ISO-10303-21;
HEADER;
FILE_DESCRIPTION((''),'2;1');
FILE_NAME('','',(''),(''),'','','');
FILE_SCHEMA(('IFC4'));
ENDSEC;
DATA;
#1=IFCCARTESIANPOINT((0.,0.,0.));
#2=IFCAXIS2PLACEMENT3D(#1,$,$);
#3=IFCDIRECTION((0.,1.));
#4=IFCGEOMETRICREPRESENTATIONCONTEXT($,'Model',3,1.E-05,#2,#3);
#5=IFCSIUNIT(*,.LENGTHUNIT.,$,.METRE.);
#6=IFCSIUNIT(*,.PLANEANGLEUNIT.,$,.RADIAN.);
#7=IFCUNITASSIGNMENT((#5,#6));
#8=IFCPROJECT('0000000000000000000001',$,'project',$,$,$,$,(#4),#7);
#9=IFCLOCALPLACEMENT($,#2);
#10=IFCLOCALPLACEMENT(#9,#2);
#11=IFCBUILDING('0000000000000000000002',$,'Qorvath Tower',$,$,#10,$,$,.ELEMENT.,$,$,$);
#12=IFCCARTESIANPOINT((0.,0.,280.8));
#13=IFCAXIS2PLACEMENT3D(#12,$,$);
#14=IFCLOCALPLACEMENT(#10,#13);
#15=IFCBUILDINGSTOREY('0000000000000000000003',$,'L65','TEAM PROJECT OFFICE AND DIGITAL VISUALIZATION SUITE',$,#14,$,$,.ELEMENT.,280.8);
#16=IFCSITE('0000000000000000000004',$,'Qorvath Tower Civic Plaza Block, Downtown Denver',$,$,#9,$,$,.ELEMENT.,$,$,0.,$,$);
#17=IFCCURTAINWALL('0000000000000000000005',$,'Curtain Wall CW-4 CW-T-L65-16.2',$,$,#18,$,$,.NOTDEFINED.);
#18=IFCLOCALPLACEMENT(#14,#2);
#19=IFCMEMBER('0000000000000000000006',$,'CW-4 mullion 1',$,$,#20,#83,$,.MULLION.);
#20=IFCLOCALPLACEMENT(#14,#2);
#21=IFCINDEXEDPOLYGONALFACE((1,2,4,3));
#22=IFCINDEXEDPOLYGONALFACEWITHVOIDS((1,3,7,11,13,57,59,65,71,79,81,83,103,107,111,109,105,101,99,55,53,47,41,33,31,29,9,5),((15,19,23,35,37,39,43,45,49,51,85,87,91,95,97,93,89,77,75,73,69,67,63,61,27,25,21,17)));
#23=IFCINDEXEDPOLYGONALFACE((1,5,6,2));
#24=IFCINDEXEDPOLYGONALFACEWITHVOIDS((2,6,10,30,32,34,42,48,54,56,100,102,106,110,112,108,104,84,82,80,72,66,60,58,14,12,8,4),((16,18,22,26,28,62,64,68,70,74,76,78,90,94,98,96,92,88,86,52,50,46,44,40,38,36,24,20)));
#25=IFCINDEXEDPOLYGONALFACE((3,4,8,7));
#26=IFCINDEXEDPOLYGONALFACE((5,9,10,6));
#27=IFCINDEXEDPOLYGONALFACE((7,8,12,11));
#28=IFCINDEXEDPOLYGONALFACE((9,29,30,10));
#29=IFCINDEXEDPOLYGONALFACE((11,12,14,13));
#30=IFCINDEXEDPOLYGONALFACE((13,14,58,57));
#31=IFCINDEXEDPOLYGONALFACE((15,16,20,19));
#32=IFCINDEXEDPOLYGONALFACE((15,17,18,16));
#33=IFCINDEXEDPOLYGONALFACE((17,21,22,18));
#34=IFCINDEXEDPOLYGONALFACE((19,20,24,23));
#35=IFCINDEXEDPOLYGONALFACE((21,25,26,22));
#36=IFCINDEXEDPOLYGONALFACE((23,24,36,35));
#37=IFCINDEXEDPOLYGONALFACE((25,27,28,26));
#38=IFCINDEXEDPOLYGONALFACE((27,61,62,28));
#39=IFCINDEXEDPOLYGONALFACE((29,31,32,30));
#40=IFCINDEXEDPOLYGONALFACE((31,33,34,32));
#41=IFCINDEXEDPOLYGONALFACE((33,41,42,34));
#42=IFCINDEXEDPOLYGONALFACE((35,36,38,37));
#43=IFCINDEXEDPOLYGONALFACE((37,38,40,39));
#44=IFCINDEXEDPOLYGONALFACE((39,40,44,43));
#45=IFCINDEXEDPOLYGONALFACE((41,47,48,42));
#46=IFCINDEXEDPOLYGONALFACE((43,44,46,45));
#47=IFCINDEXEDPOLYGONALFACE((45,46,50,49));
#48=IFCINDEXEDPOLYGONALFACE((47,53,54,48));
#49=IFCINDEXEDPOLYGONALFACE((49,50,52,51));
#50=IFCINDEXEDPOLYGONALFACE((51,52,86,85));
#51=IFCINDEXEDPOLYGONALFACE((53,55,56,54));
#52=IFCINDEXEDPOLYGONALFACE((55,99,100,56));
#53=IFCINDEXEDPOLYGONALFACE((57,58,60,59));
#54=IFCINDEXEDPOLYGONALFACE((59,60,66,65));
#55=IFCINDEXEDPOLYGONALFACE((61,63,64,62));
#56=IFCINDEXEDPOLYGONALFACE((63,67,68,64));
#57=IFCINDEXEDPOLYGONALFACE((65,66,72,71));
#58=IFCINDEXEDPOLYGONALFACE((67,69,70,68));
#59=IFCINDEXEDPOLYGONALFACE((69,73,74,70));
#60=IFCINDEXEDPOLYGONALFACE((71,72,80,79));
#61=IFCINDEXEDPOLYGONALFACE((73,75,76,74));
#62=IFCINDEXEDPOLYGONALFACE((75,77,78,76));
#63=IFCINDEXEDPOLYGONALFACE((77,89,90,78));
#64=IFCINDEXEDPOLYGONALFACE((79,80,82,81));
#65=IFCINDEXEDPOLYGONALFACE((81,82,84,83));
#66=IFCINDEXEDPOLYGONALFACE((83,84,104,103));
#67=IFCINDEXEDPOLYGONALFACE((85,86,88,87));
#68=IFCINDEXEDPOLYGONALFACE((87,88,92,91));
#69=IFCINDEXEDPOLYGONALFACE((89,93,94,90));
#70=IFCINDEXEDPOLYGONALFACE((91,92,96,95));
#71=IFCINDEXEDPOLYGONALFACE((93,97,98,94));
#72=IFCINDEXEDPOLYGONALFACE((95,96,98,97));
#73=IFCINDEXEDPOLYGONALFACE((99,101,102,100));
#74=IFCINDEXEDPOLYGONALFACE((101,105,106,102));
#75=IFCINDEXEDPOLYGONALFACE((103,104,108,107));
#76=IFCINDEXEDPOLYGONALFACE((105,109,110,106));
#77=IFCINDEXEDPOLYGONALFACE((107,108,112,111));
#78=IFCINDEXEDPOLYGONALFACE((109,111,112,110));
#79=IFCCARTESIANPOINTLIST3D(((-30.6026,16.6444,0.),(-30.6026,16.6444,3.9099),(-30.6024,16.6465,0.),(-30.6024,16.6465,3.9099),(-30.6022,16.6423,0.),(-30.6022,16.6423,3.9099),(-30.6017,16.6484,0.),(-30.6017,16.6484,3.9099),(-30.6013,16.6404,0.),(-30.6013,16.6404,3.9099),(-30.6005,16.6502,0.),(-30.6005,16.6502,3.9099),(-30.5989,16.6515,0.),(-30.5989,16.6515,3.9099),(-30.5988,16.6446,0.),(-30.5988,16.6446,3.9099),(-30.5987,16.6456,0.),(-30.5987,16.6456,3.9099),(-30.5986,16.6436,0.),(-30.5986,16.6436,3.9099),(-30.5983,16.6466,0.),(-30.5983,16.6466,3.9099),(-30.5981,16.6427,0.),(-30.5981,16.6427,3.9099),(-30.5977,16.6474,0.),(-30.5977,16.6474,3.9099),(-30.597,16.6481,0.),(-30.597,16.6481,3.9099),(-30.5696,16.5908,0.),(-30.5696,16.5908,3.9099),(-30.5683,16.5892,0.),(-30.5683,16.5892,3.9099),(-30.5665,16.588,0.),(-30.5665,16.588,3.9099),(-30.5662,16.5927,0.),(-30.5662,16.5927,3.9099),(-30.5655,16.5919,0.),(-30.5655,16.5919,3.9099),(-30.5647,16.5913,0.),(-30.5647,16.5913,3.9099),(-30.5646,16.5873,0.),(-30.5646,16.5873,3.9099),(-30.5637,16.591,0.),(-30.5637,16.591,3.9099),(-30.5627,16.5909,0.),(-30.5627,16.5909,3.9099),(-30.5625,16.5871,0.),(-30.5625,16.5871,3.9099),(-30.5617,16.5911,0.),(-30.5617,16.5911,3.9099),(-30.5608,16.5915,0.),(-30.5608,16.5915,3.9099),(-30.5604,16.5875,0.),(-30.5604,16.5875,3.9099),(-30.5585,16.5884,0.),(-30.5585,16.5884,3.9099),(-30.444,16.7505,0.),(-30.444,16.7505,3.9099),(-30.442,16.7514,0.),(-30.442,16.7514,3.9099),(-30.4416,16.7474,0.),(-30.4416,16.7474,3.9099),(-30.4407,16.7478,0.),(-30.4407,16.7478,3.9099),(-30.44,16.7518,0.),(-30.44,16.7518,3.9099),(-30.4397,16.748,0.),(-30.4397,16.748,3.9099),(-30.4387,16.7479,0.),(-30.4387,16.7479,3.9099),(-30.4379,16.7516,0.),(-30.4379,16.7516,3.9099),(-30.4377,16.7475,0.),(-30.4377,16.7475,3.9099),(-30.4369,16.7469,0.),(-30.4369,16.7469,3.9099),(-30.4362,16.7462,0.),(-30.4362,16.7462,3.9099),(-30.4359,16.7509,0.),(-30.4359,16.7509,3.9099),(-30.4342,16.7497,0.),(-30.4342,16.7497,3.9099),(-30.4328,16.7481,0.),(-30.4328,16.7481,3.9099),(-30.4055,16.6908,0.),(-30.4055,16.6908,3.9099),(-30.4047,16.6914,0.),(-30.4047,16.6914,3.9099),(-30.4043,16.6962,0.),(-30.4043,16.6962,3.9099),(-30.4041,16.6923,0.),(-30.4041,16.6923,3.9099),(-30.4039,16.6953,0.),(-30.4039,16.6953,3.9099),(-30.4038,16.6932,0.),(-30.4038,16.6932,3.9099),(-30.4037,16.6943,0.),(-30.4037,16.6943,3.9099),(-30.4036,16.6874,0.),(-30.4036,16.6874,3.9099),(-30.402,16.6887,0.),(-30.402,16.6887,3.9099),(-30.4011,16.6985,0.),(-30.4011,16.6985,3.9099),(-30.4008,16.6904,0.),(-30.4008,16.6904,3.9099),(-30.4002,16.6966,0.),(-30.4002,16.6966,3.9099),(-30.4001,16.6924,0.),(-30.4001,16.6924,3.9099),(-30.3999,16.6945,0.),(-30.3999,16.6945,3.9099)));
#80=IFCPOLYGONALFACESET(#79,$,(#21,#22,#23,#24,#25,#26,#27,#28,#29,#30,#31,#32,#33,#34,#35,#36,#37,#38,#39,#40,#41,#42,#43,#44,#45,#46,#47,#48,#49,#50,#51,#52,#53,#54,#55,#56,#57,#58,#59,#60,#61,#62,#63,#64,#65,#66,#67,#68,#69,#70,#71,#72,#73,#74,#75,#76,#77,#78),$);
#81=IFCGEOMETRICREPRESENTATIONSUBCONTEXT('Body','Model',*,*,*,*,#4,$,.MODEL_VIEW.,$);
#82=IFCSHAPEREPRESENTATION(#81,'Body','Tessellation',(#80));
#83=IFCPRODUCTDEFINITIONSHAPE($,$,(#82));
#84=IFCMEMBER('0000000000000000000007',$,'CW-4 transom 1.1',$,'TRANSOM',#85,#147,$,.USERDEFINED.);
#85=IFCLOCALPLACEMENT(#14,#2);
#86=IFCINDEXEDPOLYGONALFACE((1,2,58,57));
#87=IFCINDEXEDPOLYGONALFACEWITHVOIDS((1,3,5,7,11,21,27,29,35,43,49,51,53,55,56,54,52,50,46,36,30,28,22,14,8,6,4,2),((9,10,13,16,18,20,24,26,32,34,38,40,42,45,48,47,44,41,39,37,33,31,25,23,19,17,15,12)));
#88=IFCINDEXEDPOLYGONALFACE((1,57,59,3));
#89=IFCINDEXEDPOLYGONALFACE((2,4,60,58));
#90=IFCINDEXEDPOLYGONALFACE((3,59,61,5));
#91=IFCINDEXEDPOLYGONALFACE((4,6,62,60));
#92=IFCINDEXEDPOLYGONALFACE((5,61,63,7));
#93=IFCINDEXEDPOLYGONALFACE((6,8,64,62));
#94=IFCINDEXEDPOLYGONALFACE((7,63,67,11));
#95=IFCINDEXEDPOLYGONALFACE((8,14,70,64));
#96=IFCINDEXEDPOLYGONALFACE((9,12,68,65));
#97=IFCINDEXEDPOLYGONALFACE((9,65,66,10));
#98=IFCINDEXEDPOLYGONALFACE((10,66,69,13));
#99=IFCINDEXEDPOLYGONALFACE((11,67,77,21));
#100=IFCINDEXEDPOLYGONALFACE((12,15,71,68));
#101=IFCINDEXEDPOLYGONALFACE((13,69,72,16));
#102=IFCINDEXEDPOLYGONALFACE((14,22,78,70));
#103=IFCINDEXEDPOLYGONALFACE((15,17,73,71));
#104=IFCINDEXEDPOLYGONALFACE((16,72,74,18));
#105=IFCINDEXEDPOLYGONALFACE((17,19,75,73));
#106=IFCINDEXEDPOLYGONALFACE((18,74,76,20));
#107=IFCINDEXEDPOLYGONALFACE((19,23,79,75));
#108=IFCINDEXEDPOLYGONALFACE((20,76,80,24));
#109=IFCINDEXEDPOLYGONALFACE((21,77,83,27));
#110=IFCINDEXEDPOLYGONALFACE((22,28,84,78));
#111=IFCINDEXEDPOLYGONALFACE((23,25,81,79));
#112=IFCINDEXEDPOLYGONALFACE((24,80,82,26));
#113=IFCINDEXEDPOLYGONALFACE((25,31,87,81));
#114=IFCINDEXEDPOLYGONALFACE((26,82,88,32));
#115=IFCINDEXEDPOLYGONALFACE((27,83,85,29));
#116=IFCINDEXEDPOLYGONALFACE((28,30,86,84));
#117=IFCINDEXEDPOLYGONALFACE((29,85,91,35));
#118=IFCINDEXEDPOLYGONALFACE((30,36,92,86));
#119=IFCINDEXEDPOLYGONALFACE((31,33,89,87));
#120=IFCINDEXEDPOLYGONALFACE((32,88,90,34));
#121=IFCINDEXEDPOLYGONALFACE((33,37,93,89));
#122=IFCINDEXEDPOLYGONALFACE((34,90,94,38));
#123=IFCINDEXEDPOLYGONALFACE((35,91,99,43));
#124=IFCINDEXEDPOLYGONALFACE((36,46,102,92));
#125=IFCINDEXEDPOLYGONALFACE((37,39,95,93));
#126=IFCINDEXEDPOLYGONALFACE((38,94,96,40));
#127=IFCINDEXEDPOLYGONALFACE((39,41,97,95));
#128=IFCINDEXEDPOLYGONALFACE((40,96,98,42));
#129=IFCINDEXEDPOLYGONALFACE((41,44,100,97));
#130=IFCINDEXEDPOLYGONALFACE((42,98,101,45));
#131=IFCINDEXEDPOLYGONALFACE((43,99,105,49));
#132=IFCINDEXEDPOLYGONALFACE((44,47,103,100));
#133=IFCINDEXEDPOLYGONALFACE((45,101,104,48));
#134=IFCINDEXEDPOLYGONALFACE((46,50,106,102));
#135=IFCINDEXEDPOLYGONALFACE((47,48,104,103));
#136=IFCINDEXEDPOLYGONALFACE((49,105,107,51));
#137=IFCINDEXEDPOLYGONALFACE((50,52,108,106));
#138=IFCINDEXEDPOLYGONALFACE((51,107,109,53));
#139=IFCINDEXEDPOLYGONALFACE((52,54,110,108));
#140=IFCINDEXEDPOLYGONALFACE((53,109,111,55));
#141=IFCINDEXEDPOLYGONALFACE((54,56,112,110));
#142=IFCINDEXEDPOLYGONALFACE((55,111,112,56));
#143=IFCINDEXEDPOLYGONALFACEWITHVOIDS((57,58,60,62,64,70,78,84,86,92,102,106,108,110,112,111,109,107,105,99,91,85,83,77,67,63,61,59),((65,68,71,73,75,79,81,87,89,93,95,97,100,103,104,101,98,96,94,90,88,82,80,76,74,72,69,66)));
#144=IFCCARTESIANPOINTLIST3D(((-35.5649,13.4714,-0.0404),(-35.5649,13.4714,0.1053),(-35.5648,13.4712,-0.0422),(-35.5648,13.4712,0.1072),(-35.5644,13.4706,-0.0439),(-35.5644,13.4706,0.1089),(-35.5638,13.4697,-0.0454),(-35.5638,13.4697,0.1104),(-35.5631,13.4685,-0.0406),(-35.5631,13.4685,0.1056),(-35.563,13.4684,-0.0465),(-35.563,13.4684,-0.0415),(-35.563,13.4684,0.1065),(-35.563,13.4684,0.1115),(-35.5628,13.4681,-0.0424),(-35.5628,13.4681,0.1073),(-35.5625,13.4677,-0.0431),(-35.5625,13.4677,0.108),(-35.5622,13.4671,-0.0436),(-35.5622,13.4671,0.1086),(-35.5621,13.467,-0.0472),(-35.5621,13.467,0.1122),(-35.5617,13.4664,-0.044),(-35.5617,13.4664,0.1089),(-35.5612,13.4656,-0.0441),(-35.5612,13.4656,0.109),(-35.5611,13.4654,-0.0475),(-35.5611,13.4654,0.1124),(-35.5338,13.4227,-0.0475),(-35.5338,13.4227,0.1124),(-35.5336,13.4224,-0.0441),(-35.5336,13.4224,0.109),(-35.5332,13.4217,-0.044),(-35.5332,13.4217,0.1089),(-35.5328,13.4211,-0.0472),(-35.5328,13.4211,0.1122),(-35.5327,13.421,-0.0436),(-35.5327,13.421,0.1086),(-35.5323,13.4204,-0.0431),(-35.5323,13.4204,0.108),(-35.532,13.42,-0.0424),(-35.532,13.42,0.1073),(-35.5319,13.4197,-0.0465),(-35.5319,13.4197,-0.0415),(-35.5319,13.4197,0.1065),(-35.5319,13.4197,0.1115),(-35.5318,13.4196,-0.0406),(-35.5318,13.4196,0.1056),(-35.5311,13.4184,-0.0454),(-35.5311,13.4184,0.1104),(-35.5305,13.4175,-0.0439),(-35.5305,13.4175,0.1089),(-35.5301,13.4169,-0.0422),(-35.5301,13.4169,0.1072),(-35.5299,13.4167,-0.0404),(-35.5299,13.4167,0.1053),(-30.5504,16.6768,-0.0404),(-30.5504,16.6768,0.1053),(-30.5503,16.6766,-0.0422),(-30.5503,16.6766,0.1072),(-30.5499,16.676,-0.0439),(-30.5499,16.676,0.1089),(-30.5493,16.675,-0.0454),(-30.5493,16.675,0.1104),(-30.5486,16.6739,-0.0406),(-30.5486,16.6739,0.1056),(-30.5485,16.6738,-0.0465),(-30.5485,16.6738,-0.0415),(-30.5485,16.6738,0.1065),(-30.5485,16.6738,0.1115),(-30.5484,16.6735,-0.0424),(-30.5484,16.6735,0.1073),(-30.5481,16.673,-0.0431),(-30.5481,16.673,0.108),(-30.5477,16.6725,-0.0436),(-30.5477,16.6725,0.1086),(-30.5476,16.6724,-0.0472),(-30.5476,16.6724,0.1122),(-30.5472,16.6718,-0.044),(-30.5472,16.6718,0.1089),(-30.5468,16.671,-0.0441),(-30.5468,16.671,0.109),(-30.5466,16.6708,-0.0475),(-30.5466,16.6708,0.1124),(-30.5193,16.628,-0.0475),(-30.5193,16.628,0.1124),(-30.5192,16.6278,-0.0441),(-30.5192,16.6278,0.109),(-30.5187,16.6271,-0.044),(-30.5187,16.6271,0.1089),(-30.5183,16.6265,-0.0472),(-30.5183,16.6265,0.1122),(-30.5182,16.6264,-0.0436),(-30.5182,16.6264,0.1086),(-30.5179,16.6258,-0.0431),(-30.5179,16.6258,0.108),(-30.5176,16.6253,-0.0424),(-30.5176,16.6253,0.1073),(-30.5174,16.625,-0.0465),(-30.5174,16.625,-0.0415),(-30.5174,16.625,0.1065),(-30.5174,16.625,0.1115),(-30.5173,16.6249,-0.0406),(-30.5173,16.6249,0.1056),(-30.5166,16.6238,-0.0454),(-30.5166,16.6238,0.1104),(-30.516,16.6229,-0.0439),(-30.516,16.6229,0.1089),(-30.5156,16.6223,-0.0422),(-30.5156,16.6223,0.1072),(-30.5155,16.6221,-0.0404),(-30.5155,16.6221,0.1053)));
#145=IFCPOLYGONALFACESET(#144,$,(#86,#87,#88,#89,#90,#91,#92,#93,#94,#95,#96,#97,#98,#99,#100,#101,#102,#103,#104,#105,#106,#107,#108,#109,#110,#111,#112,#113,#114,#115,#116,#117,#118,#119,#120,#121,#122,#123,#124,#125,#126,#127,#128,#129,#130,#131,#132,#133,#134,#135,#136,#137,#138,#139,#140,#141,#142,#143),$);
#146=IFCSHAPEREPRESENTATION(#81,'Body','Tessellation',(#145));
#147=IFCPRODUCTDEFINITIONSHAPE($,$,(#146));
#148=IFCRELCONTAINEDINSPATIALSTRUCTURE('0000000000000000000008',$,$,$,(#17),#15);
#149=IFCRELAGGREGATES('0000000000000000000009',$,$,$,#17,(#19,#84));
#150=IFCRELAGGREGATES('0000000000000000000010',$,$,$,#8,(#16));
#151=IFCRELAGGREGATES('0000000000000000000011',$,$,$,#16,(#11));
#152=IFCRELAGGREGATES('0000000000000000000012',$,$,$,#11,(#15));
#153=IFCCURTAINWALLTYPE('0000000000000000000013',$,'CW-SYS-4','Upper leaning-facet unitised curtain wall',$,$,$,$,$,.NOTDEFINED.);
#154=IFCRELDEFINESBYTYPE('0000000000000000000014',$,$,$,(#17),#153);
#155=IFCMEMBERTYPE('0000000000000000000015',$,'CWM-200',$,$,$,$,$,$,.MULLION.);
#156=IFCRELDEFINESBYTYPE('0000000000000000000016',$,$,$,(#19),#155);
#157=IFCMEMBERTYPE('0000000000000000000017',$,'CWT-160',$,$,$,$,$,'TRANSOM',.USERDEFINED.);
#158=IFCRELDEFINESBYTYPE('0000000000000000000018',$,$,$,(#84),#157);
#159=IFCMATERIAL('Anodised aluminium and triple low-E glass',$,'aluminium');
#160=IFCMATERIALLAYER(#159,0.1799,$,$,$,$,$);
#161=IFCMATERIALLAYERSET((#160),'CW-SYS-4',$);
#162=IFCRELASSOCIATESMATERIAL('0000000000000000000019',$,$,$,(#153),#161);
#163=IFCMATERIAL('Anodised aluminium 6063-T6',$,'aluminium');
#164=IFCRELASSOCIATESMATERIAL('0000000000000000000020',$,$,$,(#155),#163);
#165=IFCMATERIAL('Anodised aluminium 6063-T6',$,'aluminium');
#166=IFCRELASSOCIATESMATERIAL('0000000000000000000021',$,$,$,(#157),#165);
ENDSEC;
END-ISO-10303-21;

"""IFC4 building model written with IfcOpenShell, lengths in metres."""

from ifc_helpers import new_model, si_unit, direction, frame, origin, origin_2d, place, context, subcontext, project, spatial, hollow_rectangle, extrude, material, layer, layer_set, material_profile, profile_set, type_object, element, aggregate, save


model = new_model("IFC4")

# Units and contexts
model_context = context("Model", 3, precision=1e-05, world=origin(), true_north=direction((0.0, 1.0)))
body_context = subcontext(model_context, "Body", "Model", "MODEL_VIEW")
ifc_project = project(units=[si_unit("LENGTHUNIT", "METRE"), si_unit("PLANEANGLEUNIT", "RADIAN")], contexts=[model_context])

# Site, building, storey
site_placement = place(None, origin())
site = spatial("IfcSite", under=ifc_project, at=site_placement, Name="Qorvath Tower Civic Plaza Block, Downtown Denver", CompositionType="ELEMENT", RefElevation=0.0)
building_placement = place(site_placement, origin())
building = spatial("IfcBuilding", under=site, at=building_placement, Name="Qorvath Tower", CompositionType="ELEMENT")
storey_placement = place(building_placement, frame((0.0, 0.0, 280.8)))
storey = spatial("IfcBuildingStorey", under=building, at=storey_placement, Name="L65", Description="TEAM PROJECT OFFICE AND DIGITAL VISUALIZATION SUITE", CompositionType="ELEMENT", Elevation=280.8)

# Shared definitions
ifc_material_1 = material(Name="Anodised aluminium and triple low-E glass", Category="aluminium")
ifc_layer_1 = layer(ifc_material_1, 0.1799)
ifc_layer_set_1 = layer_set([ifc_layer_1], Name="CW-SYS-4")
curtain_wall_type = type_object("IfcCurtainWallType", Name="CW-SYS-4", Description="Upper leaning-facet unitised curtain wall", PredefinedType="NOTDEFINED", material=ifc_layer_set_1)
ifc_material_2 = material(Name="Anodised aluminium 6063-T6", Category="aluminium")
ifc_material_profile_1 = material_profile(ifc_material_2, hollow_rectangle(XDim=0.075, YDim=0.2, WallThickness=0.0039, InnerFilletRadius=0.0039, OuterFilletRadius=0.0081, at=origin_2d()), Name="CWM 200x75")
ifc_profile_set_1 = profile_set([ifc_material_profile_1], Name="Anodised aluminium 6063-T6")
member_type_1 = type_object("IfcMemberType", Name="CWM-200", PredefinedType="MULLION", material=ifc_profile_set_1)

# Curtain wall, members
curtain_wall_1_placement = place(storey_placement, origin())
curtain_wall_1 = element("IfcCurtainWall", 1, at=curtain_wall_1_placement, inside=storey, type_object=curtain_wall_type, Name="Curtain Wall CW-4 CW-T-L65-16.2", PredefinedType="NOTDEFINED")
member_1_placement = place(storey_placement, frame((-30.5012, 16.6694, 0.0), z_axis=(0.0, 0.0, 1.0), x_axis=(0.538556, -0.842589, 0.0)))
member_1 = element("IfcMember", 2, at=member_1_placement, type_object=member_type_1, Name="CW-4 mullion 1", PredefinedType="MULLION", context=body_context, shape_type="SweptSolid", body=[
    extrude(hollow_rectangle(XDim=0.075, YDim=0.2, WallThickness=0.0039, InnerFilletRadius=0.0039, OuterFilletRadius=0.0081, at=origin_2d()), origin(), (0.0, 0.0, 1.0), 3.9099),
])
ifc_material_3 = material(Name="Anodised aluminium 6063-T6", Category="aluminium")
ifc_material_profile_2 = material_profile(ifc_material_3, hollow_rectangle(XDim=0.0649, YDim=0.1599, WallThickness=0.0034, InnerFilletRadius=0.0034, OuterFilletRadius=0.0071, at=origin_2d()), Name="CWT 160x65")
ifc_profile_set_2 = profile_set([ifc_material_profile_2], Name="Anodised aluminium 6063-T6")
member_type_2 = type_object("IfcMemberType", Name="CWT-160", ElementType="TRANSOM", PredefinedType="USERDEFINED", material=ifc_profile_set_2)
member_2_placement = place(storey_placement, frame((-30.533, 16.6494, 0.0325), z_axis=(-0.842569, -0.538589, 0.0), x_axis=(0.538589, -0.842569, 0.0)))
member_2 = element("IfcMember", 3, at=member_2_placement, type_object=member_type_2, Name="CW-4 transom 1.1", ObjectType="TRANSOM", PredefinedType="USERDEFINED", context=body_context, shape_type="SweptSolid", body=[
    extrude(hollow_rectangle(XDim=0.0649, YDim=0.1599, WallThickness=0.0034, InnerFilletRadius=0.0034, OuterFilletRadius=0.0071, at=origin_2d()), origin(), (0.0, 0.0, 1.0), 5.9514),
])
aggregate(curtain_wall_1, [member_1, member_2])

save(model, "model.ifc")
